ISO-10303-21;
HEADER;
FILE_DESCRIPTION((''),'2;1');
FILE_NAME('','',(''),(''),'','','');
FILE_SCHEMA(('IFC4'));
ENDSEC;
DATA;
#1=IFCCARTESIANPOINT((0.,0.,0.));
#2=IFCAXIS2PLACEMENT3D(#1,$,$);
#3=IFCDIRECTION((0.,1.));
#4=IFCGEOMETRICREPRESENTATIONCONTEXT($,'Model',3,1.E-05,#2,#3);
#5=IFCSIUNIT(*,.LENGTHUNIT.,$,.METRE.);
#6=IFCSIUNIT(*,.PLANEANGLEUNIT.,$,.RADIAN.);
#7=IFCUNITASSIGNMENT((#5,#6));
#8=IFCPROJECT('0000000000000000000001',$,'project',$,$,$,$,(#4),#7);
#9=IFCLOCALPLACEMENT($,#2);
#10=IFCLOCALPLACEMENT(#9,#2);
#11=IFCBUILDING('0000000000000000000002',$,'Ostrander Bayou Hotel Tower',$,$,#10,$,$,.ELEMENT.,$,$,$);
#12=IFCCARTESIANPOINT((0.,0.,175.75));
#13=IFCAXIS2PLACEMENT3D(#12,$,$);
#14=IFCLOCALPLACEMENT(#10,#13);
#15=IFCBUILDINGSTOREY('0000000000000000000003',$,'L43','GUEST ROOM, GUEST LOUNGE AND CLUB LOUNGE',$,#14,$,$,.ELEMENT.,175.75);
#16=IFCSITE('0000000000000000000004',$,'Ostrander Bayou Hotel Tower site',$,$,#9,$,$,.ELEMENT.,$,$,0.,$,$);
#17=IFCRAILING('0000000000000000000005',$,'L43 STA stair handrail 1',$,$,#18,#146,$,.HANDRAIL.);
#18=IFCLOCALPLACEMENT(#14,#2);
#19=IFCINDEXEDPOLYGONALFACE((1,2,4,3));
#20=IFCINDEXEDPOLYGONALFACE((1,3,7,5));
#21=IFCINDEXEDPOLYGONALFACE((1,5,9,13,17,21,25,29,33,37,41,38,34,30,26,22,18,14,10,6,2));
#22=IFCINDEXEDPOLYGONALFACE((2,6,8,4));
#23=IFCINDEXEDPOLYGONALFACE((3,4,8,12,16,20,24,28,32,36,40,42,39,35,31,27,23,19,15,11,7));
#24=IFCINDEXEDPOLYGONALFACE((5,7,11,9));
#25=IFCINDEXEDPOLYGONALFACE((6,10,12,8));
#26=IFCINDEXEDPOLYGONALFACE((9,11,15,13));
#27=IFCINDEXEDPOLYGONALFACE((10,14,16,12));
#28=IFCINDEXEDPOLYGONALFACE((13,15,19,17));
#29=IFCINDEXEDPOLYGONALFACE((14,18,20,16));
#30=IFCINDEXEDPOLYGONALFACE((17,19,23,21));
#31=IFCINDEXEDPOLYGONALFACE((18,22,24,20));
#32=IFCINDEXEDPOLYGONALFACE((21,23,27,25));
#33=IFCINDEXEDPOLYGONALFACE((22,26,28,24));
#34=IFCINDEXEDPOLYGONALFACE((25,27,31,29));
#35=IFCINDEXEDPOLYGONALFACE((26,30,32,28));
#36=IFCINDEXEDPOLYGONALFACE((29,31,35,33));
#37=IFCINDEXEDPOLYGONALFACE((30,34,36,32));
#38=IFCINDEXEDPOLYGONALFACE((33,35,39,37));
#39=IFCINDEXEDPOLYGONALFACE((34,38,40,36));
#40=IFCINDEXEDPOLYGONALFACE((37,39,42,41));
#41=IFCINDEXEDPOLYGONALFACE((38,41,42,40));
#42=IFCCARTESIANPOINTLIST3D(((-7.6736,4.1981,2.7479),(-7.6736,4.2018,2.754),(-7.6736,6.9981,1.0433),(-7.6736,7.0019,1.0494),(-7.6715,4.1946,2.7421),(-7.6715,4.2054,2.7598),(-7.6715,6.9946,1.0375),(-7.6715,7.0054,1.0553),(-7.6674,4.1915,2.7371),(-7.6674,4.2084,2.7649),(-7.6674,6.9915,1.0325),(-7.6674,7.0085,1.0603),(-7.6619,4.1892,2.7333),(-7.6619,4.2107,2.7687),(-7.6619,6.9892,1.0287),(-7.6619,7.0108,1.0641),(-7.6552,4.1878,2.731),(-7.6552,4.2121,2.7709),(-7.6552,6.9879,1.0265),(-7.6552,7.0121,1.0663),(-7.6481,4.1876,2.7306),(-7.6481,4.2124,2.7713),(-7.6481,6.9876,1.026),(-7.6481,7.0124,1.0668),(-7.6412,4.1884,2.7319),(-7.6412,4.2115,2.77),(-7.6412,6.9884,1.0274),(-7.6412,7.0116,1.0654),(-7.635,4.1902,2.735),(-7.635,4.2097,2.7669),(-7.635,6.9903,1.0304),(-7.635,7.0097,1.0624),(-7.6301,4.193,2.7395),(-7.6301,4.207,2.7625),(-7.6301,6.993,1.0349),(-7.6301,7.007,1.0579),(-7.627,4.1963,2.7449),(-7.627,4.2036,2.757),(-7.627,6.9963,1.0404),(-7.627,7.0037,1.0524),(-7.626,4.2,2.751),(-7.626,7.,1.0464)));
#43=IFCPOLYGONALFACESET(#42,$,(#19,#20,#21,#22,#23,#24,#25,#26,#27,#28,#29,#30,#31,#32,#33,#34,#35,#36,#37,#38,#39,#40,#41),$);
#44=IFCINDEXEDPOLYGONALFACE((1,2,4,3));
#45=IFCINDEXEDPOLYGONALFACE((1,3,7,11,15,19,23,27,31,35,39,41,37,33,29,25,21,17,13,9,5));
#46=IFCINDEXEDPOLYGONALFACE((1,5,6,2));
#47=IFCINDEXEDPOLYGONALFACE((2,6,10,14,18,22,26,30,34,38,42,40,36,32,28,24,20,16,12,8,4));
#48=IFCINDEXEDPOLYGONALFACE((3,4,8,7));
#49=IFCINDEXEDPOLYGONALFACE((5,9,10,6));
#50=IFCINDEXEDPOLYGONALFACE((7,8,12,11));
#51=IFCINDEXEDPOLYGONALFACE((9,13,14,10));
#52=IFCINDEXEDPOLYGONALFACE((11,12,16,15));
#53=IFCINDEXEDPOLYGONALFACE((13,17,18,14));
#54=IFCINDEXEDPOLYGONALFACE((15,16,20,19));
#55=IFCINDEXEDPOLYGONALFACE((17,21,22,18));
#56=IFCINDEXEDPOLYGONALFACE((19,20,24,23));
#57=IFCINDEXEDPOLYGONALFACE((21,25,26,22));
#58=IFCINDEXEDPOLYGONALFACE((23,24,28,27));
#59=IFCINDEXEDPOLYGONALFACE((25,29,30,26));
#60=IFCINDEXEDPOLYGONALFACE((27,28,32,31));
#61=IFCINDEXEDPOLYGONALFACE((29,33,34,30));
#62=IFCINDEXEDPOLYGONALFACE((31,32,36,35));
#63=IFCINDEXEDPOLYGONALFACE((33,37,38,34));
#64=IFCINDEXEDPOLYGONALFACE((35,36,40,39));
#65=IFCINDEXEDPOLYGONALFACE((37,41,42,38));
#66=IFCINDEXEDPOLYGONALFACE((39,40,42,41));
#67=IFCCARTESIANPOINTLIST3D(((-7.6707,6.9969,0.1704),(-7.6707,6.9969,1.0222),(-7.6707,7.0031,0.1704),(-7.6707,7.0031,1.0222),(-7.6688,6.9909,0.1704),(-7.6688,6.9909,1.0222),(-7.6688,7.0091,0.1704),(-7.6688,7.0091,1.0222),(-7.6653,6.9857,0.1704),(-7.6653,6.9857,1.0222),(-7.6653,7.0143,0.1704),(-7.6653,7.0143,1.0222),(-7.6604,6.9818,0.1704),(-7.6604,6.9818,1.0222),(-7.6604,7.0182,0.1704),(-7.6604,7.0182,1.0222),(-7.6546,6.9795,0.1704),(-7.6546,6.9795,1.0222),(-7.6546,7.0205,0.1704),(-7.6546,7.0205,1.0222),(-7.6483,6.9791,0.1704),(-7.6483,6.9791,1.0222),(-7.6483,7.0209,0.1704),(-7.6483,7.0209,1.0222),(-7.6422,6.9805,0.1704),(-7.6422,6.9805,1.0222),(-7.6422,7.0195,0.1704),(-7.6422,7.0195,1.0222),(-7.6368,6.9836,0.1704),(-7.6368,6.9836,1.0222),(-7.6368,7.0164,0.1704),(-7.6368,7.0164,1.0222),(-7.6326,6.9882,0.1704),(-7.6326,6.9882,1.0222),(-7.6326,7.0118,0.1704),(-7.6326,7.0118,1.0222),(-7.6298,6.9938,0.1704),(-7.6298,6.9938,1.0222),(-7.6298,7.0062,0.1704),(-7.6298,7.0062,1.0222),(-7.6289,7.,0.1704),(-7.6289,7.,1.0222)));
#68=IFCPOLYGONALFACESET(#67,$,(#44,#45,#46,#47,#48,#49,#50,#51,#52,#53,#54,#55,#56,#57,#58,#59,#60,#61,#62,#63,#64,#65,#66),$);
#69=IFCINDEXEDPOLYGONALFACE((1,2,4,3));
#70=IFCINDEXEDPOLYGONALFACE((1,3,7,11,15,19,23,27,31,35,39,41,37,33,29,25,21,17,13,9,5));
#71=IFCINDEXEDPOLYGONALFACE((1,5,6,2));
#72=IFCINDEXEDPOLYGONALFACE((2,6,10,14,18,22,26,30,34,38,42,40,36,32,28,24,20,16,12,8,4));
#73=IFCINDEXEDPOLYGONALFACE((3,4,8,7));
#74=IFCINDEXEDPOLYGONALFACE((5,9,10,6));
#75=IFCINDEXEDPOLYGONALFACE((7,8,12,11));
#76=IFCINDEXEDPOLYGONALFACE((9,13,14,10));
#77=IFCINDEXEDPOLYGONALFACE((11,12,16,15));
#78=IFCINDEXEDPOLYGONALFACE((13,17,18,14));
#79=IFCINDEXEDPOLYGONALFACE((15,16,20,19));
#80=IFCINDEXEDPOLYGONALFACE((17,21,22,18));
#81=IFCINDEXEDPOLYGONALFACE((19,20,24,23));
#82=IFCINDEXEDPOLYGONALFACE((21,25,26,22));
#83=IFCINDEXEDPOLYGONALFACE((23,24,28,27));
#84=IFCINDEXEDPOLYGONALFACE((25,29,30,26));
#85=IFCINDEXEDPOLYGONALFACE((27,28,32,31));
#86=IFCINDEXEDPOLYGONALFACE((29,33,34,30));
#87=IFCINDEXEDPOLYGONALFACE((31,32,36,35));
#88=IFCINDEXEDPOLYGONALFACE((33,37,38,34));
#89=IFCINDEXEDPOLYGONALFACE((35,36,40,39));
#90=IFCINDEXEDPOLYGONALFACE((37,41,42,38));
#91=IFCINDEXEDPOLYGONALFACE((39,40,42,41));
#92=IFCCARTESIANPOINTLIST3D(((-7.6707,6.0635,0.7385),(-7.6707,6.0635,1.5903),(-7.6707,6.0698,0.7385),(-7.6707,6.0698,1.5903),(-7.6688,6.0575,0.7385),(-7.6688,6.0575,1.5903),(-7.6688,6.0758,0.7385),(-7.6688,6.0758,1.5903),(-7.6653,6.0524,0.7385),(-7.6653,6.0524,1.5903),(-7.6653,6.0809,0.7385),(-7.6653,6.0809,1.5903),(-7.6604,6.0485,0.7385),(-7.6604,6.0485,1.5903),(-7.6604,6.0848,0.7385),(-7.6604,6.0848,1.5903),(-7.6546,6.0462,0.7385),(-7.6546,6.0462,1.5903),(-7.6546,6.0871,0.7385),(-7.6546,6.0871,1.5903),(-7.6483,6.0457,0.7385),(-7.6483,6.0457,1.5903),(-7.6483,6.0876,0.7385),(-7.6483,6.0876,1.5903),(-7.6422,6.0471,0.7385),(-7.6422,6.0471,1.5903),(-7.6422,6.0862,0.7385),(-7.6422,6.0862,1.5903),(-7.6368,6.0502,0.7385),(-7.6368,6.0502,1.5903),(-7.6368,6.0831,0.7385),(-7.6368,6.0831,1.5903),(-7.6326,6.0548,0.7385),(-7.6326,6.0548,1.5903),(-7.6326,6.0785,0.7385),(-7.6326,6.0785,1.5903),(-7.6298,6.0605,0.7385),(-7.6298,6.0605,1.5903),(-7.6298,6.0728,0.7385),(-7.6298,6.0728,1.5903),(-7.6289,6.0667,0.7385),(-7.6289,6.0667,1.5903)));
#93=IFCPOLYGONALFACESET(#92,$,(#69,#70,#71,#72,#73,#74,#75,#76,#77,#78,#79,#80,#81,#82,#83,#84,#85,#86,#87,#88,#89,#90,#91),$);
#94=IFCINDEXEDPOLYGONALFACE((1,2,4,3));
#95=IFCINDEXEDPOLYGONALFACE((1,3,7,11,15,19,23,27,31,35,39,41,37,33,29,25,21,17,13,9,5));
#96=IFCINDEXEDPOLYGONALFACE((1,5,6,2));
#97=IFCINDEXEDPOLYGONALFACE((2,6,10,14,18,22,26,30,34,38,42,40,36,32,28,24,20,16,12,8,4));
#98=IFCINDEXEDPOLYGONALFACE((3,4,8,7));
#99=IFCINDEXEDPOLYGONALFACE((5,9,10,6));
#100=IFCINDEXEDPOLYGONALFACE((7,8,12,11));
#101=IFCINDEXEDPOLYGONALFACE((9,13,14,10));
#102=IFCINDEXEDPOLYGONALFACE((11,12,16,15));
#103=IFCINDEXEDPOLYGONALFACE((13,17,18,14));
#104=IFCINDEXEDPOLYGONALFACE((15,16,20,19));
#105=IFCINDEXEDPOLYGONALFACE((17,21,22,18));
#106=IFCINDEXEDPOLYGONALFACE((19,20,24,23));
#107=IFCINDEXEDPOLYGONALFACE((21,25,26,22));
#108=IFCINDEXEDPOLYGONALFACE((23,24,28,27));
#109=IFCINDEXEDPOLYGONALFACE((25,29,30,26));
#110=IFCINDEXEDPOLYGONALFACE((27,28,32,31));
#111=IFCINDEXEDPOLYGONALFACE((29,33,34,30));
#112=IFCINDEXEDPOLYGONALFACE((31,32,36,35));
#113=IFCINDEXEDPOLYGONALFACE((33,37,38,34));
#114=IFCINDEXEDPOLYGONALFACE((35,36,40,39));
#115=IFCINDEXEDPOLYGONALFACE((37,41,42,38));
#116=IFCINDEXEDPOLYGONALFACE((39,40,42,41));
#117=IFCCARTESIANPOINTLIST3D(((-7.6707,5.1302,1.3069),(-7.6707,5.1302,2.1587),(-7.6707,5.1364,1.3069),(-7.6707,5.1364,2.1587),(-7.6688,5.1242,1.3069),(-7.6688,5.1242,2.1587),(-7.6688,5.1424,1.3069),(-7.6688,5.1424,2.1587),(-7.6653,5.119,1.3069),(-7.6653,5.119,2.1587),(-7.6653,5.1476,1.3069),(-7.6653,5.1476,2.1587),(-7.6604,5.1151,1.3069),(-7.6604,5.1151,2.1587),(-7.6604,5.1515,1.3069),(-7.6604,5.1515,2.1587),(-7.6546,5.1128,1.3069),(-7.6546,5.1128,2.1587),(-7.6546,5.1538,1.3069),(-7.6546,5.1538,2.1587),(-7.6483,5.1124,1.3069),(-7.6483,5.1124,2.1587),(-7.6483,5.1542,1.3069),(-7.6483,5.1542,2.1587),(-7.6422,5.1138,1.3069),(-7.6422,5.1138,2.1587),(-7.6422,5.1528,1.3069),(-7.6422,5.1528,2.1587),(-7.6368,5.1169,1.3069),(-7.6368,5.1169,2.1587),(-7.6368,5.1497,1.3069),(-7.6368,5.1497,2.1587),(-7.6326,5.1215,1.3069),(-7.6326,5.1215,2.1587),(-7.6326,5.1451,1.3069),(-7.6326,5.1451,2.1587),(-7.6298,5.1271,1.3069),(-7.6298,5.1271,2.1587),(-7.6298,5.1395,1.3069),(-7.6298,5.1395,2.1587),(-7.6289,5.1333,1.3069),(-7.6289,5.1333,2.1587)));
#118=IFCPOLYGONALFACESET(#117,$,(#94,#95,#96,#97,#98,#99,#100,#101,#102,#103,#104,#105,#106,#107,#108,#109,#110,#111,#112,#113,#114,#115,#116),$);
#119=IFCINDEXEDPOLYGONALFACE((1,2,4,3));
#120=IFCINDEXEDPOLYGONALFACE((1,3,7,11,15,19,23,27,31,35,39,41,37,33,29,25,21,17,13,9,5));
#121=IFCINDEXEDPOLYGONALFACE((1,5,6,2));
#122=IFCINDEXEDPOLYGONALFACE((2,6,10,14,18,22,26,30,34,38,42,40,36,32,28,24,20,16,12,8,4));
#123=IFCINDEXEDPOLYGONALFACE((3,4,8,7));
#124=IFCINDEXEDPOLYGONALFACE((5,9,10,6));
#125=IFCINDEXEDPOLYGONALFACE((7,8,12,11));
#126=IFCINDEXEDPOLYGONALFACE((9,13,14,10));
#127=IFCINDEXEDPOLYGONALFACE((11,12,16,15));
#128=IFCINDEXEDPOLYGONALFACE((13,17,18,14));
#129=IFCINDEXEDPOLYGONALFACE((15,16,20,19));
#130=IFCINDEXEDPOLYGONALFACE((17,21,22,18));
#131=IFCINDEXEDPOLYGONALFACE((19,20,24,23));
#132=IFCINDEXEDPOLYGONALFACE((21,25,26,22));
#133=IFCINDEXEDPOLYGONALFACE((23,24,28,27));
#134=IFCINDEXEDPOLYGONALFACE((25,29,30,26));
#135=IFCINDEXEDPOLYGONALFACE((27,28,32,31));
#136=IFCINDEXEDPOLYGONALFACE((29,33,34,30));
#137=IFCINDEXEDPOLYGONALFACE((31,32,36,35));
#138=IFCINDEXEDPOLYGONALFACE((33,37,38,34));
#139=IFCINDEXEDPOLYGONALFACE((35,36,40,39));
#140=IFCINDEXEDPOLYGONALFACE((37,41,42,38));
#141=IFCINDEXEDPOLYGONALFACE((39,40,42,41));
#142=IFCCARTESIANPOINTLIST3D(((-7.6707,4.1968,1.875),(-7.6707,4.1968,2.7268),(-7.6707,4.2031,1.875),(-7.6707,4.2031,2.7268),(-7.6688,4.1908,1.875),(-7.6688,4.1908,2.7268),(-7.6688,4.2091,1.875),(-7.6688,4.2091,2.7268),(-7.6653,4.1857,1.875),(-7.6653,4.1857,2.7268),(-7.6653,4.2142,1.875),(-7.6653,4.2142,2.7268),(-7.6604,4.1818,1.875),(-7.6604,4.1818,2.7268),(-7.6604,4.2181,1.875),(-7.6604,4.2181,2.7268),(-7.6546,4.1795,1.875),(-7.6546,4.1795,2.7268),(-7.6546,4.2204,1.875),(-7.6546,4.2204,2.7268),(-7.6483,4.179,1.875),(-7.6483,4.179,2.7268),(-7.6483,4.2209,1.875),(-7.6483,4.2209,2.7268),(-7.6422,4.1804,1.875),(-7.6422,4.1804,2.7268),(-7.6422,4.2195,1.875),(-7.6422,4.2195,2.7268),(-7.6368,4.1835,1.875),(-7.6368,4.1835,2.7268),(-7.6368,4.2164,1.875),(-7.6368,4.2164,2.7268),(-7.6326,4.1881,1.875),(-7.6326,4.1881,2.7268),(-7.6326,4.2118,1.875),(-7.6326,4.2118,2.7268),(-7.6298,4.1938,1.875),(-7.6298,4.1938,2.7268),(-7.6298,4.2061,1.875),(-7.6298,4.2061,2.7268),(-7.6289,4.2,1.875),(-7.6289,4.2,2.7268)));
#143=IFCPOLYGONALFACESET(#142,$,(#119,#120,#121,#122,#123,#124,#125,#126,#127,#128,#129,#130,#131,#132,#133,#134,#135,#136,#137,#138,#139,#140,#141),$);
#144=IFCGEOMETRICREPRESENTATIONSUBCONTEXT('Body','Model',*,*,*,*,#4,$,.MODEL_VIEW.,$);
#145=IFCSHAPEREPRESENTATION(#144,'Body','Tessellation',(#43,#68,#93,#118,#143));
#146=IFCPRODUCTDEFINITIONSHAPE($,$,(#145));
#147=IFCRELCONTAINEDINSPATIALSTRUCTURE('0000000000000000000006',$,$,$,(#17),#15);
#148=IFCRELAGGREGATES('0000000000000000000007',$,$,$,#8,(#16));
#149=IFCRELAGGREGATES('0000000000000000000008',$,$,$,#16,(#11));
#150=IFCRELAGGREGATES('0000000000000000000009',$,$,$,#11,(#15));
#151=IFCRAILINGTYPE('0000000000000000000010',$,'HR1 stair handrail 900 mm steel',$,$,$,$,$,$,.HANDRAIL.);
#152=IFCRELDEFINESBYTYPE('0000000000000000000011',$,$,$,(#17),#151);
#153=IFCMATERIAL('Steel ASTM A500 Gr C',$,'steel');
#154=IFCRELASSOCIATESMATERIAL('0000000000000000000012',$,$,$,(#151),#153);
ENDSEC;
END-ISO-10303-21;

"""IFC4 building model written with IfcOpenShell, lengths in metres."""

from ifc_helpers import new_model, si_unit, direction, frame, origin, origin_2d, place, context, subcontext, project, spatial, circle, extrude, material, type_object, element, save


model = new_model("IFC4")

# Units and contexts
model_context = context("Model", 3, precision=1e-05, world=origin(), true_north=direction((0.0, 1.0)))
body_context = subcontext(model_context, "Body", "Model", "MODEL_VIEW")
ifc_project = project(units=[si_unit("LENGTHUNIT", "METRE"), si_unit("PLANEANGLEUNIT", "RADIAN")], contexts=[model_context])

# Site, building, storey
site_placement = place(None, origin())
site = spatial("IfcSite", under=ifc_project, at=site_placement, Name="Ostrander Bayou Hotel Tower site", CompositionType="ELEMENT", RefElevation=0.0)
building_placement = place(site_placement, origin())
building = spatial("IfcBuilding", under=site, at=building_placement, Name="Ostrander Bayou Hotel Tower", CompositionType="ELEMENT")
storey_placement = place(building_placement, frame((0.0, 0.0, 175.75)))
storey = spatial("IfcBuildingStorey", under=building, at=storey_placement, Name="L43", Description="GUEST ROOM, GUEST LOUNGE AND CLUB LOUNGE", CompositionType="ELEMENT", Elevation=175.75)

# Railing
ifc_material_1 = material(Name="Steel ASTM A500 Gr C", Category="steel")
railing_type_1 = type_object("IfcRailingType", Name="HR1 stair handrail 900 mm steel", PredefinedType="HANDRAIL", material=ifc_material_1)
railing_1_placement = place(storey_placement, frame((-7.6499, 7.0, 0.1704)))
element("IfcRailing", 1, at=railing_1_placement, inside=storey, type_object=railing_type_1, Name="L43 STA stair handrail 1", PredefinedType="HANDRAIL", context=body_context, shape_type="SweptSolid", body=[
    extrude(circle(Radius=0.0239, at=origin_2d()), frame((0.0, 0.0, 0.876), z_axis=(0.0, -0.85417, 0.519994), x_axis=(1.0, 0.0, 0.0)), (0.0, 0.0, 1.0), 3.2781),
    extrude(circle(Radius=0.021, at=origin_2d()), origin(), (0.0, 0.0, 1.0), 0.8518),
    extrude(circle(Radius=0.021, at=origin_2d()), frame((0.0, -0.9333, 0.5681)), (0.0, 0.0, 1.0), 0.8518),
    extrude(circle(Radius=0.021, at=origin_2d()), frame((0.0, -1.8667, 1.1365)), (0.0, 0.0, 1.0), 0.8518),
    extrude(circle(Radius=0.021, at=origin_2d()), frame((0.0, -2.8, 1.7046)), (0.0, 0.0, 1.0), 0.8518),
])

save(model, "model.ifc")
